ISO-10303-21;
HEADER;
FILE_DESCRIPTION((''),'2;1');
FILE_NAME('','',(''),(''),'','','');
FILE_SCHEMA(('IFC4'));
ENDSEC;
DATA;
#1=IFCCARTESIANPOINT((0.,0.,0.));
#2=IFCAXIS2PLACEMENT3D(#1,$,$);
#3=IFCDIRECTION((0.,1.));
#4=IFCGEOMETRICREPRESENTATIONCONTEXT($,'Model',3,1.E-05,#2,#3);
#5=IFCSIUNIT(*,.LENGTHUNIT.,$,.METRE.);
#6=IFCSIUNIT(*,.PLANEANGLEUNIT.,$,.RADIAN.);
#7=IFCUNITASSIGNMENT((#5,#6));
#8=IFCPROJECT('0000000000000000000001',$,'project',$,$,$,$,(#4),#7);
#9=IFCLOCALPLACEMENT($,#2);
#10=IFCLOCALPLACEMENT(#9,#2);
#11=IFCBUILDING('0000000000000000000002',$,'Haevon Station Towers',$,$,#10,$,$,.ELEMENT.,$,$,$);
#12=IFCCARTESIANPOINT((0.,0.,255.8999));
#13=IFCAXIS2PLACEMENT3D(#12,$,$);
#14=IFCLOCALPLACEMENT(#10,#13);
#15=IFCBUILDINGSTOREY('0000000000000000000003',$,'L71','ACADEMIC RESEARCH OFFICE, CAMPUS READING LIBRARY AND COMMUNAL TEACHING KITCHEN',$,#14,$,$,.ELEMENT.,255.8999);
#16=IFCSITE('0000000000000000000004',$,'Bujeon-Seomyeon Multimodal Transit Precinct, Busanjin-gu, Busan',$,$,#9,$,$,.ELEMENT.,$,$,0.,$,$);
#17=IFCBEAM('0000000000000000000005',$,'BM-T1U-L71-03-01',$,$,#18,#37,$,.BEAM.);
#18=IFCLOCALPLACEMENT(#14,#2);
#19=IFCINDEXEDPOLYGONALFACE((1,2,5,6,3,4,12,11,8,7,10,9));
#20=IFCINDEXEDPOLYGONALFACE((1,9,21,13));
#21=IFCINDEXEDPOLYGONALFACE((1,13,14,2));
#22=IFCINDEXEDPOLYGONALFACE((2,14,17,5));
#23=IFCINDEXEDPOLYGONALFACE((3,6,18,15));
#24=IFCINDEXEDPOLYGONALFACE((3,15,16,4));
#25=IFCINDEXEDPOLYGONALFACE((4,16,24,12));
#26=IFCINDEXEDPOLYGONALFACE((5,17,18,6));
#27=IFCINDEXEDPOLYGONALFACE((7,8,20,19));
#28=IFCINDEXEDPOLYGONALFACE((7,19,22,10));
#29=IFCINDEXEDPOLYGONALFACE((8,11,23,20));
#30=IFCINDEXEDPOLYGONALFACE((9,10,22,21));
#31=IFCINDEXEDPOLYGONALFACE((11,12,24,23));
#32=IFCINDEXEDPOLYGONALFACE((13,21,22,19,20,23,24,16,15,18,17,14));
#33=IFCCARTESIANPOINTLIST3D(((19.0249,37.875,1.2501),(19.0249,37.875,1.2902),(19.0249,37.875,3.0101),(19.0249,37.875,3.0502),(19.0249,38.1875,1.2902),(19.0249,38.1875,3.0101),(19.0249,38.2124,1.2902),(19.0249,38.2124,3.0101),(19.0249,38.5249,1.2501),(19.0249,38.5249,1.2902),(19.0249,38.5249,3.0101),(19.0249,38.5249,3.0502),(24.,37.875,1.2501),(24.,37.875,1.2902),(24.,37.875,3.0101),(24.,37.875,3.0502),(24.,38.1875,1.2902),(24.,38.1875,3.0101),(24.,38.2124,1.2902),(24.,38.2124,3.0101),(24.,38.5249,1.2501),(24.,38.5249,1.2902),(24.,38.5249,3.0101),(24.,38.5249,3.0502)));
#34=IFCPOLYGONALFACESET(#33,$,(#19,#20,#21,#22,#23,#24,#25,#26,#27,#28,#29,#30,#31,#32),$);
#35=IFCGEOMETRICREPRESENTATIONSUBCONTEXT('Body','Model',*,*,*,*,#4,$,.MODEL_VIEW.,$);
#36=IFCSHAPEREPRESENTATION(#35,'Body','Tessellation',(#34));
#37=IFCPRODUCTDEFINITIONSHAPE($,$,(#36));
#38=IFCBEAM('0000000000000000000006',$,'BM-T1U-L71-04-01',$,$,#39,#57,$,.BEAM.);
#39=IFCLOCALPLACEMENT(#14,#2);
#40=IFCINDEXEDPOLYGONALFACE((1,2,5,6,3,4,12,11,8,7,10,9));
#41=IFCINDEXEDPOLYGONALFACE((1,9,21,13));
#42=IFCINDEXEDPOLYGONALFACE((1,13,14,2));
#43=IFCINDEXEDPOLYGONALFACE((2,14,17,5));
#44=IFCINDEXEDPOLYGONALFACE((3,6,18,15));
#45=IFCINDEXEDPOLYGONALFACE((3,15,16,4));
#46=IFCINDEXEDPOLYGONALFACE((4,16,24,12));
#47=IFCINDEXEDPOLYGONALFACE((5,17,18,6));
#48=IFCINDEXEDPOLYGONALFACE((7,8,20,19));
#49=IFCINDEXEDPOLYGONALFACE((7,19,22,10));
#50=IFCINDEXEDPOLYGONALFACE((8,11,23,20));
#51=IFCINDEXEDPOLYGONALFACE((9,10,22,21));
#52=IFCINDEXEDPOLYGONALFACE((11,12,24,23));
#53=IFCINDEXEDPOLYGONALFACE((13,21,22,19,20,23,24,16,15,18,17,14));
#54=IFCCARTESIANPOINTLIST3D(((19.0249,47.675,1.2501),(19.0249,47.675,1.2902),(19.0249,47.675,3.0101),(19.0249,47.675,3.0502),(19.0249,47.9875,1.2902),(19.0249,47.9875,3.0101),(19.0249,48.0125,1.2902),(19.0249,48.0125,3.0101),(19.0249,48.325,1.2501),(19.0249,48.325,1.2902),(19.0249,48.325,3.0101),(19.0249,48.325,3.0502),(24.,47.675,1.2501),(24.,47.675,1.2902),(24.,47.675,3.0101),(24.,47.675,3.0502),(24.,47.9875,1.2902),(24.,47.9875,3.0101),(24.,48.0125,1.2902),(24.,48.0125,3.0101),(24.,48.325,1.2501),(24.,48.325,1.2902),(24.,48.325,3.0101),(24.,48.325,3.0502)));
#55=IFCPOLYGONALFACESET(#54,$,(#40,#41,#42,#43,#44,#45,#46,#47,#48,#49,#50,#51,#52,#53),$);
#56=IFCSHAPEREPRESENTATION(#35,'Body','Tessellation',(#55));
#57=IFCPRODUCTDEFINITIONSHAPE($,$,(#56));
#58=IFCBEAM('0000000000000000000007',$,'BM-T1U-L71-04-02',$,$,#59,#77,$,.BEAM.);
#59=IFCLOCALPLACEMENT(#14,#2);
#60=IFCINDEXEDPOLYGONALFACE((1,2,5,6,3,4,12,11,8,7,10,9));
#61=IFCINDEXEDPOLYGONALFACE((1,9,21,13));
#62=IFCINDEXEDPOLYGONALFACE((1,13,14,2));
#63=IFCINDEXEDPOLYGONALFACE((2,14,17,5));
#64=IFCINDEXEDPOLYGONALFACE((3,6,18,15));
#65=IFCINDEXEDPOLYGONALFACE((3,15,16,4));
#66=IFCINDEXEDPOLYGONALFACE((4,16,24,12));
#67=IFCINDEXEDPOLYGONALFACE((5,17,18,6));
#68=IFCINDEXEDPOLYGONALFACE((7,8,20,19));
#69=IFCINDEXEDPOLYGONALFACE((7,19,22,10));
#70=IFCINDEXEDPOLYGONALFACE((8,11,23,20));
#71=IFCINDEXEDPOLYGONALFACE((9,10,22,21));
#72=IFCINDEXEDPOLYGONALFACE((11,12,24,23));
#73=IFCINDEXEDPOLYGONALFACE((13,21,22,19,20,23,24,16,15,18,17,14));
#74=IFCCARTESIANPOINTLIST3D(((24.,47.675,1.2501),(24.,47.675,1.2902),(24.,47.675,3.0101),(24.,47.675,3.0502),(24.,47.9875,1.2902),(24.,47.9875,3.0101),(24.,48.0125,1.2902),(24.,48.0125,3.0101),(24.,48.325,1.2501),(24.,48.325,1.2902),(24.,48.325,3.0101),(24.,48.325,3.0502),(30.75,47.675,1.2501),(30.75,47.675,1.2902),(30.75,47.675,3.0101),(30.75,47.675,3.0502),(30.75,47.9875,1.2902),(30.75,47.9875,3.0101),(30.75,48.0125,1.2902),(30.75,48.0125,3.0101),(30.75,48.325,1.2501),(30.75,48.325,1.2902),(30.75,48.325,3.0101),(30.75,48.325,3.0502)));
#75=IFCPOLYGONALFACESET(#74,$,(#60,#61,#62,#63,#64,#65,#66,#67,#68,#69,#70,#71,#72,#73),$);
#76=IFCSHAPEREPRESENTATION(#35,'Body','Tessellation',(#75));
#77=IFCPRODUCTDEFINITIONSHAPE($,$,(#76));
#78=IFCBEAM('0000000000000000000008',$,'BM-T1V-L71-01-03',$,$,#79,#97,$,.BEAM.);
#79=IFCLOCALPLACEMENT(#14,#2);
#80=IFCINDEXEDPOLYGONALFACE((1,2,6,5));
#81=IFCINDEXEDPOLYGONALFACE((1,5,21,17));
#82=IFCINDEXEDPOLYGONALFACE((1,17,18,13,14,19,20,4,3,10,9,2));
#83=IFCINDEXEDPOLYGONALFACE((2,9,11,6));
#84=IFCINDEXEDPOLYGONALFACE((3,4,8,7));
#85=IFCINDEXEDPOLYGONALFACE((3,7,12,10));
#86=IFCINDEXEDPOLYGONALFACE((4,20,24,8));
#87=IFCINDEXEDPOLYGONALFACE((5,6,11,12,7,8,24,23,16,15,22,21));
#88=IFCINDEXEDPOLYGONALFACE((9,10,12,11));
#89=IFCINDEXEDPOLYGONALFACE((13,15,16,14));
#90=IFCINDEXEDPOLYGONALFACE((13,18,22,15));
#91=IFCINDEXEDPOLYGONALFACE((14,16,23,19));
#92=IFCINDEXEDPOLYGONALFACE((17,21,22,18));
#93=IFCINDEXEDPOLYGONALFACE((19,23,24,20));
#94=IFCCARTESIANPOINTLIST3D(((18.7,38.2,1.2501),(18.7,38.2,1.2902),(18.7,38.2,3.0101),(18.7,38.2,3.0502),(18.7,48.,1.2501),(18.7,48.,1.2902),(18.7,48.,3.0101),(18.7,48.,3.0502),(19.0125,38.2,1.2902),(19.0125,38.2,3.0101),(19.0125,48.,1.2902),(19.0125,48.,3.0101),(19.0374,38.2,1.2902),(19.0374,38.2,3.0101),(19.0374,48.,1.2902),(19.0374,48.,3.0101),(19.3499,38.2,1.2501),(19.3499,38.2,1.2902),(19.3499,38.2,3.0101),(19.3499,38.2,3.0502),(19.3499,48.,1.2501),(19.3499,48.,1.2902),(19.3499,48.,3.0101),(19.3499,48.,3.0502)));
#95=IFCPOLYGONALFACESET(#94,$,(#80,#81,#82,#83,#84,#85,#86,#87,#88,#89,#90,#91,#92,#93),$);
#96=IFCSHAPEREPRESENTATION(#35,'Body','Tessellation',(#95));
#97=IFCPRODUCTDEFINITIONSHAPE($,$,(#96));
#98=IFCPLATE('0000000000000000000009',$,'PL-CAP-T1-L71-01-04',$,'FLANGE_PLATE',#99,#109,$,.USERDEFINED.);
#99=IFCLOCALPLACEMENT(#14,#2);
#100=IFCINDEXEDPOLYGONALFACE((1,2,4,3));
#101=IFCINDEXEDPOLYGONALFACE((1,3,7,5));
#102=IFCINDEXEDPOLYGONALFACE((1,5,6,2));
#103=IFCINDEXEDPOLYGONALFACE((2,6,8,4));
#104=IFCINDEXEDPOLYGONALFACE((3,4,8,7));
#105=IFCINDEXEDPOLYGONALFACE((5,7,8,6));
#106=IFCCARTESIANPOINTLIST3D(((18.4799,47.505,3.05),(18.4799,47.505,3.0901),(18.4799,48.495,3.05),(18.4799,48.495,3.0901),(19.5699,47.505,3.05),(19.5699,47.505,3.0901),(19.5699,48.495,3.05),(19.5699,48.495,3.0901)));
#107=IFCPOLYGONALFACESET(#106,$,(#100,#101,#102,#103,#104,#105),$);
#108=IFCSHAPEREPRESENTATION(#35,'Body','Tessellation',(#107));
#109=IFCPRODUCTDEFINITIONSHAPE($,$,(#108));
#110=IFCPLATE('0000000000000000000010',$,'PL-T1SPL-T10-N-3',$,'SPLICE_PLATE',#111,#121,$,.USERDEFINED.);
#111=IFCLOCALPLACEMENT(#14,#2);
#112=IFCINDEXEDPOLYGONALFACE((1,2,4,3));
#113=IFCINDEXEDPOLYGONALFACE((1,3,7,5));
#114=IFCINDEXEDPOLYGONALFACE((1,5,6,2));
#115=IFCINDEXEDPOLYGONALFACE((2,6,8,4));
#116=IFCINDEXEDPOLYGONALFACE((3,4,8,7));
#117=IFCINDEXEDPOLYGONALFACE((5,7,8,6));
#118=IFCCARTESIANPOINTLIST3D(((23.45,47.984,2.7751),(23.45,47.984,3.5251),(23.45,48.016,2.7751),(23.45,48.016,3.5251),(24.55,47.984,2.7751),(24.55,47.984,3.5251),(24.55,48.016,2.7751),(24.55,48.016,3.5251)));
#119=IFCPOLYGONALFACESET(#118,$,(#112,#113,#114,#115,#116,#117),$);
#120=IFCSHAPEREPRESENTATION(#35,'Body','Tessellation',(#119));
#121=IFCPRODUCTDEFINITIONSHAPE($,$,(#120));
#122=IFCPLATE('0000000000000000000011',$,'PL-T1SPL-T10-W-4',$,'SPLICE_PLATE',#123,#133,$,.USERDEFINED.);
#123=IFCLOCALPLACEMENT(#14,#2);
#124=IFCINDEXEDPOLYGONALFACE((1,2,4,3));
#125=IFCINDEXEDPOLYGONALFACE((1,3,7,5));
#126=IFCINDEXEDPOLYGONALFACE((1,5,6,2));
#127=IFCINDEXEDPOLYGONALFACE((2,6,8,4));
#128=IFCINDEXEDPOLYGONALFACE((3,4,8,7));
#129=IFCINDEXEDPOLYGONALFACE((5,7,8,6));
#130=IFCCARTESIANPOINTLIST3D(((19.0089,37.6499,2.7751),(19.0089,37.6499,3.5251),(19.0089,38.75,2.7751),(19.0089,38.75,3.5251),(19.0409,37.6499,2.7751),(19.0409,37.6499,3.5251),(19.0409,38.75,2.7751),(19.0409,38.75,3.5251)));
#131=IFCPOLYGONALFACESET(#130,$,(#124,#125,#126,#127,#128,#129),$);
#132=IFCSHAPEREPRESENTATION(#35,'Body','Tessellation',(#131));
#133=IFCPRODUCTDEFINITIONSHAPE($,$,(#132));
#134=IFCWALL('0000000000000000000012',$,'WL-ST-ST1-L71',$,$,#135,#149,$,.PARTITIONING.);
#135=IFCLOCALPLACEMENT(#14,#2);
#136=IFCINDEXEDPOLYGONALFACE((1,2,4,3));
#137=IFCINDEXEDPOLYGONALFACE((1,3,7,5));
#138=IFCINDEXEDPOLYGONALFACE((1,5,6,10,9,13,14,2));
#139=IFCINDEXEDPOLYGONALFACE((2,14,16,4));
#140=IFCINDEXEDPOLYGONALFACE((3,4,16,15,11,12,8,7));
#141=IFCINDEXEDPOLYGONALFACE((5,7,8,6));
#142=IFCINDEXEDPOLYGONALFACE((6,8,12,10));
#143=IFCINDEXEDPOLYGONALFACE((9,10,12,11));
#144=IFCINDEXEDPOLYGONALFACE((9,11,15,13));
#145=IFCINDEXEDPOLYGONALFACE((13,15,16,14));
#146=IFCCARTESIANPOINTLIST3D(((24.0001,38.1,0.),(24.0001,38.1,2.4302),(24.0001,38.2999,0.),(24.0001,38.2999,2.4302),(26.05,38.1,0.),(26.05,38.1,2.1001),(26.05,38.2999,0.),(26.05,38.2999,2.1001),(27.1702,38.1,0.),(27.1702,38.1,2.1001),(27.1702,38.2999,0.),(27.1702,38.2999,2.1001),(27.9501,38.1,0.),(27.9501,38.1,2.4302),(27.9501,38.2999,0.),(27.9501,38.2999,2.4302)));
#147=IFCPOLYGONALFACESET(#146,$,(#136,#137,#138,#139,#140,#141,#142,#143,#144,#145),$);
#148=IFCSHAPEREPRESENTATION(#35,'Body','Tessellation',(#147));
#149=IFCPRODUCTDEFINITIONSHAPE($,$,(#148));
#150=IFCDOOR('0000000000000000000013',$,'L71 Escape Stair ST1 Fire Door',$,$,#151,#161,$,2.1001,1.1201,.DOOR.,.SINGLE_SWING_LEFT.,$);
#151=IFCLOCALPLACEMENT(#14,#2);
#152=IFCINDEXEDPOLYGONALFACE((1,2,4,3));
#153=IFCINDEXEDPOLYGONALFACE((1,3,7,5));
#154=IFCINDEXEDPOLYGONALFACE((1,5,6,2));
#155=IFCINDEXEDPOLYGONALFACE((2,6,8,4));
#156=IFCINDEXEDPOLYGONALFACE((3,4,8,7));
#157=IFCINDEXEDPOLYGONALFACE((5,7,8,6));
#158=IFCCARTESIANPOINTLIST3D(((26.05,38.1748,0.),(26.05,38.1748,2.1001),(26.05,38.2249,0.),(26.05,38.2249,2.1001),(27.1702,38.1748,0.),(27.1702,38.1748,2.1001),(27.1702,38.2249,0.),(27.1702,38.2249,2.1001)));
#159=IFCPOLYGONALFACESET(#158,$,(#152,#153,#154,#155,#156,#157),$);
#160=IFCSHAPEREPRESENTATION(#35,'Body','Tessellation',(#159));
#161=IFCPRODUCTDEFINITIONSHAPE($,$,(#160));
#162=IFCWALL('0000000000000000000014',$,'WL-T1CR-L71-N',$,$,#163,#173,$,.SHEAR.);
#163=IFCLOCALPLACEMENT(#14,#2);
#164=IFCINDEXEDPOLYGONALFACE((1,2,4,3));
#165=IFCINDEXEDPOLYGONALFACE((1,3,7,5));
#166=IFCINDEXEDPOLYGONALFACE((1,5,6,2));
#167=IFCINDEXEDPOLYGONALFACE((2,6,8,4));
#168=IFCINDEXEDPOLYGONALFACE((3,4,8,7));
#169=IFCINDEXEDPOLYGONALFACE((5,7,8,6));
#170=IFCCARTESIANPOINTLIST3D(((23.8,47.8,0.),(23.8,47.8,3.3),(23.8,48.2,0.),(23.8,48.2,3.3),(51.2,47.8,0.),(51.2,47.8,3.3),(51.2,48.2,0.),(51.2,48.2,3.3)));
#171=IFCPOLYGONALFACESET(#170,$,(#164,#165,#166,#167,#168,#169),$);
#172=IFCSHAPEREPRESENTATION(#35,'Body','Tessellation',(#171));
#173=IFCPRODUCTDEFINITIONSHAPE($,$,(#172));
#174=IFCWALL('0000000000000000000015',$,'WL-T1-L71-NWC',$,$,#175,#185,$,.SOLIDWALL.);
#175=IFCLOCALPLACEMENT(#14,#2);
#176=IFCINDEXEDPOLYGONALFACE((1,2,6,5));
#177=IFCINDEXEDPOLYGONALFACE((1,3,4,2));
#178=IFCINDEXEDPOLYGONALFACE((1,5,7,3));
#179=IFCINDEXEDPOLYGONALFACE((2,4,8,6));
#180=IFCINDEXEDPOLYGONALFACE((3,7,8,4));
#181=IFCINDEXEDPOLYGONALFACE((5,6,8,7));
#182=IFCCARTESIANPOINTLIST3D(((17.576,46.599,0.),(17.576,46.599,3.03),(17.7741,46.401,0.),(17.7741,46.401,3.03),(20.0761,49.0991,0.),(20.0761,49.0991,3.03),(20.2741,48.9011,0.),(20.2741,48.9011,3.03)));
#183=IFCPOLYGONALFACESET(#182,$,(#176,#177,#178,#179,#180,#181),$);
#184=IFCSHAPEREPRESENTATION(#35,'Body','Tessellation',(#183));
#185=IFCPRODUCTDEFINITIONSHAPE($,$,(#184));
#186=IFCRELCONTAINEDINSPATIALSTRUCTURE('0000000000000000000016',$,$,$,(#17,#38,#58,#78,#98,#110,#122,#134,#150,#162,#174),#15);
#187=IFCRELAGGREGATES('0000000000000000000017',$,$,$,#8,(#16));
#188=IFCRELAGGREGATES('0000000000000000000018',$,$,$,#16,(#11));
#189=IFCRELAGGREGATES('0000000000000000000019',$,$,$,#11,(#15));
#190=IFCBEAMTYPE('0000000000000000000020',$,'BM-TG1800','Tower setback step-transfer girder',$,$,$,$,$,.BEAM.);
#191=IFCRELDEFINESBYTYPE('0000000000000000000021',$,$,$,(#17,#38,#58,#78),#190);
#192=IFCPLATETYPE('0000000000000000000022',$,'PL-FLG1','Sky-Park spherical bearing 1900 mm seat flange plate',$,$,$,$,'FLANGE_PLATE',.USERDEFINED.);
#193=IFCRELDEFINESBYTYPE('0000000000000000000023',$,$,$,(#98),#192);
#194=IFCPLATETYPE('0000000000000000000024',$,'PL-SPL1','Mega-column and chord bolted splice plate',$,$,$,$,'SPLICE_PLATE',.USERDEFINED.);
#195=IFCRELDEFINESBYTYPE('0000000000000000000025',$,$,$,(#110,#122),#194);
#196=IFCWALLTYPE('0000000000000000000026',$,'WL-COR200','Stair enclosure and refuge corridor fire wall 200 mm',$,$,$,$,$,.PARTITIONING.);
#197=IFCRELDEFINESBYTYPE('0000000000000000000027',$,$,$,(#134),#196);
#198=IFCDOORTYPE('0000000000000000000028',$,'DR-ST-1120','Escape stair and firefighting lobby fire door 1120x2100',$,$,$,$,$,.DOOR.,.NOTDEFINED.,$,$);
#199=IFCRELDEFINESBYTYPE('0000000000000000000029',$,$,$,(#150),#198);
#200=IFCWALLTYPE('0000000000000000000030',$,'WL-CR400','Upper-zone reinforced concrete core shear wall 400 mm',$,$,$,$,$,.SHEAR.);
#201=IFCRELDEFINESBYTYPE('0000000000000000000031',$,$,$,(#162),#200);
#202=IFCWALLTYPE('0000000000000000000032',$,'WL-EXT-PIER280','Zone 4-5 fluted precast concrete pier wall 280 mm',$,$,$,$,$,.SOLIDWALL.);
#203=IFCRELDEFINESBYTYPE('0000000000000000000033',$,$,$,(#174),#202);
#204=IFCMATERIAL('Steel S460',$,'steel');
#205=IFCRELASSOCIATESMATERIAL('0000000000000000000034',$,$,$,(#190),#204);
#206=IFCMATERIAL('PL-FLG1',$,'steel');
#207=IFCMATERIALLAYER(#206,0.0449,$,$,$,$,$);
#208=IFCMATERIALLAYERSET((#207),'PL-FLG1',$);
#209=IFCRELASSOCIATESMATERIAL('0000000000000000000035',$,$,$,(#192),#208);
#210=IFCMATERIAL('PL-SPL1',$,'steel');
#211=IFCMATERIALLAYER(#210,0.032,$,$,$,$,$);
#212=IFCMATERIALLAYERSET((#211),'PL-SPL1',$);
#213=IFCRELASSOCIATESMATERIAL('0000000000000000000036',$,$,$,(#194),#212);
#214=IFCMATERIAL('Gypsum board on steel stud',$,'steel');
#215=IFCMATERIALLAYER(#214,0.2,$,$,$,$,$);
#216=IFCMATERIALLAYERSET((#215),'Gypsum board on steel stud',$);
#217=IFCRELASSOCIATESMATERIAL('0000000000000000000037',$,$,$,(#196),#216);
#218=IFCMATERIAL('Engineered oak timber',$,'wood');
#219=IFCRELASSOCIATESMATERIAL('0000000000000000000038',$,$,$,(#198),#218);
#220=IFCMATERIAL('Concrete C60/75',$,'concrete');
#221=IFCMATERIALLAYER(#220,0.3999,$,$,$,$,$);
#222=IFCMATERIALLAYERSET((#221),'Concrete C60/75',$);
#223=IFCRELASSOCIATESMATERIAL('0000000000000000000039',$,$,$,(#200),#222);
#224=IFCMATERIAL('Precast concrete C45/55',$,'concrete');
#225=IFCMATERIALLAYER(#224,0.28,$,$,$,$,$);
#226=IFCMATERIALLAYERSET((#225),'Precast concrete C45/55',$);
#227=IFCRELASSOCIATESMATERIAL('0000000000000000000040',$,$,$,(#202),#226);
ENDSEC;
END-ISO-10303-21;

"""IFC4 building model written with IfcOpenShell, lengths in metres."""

from ifc_helpers import new_model, si_unit, direction, frame, frame_2d, origin, origin_2d, place, context, subcontext, project, spatial, rectangle, i_section, extrude, material, layer, layer_set, material_profile, profile_set, type_object, element, fill, save


model = new_model("IFC4")

# Units and contexts
model_context = context("Model", 3, precision=1e-05, world=origin(), true_north=direction((0.0, 1.0)))
body_context = subcontext(model_context, "Body", "Model", "MODEL_VIEW")
ifc_project = project(units=[si_unit("LENGTHUNIT", "METRE"), si_unit("PLANEANGLEUNIT", "RADIAN")], contexts=[model_context])

# Site, building, storey
site_placement = place(None, origin())
site = spatial("IfcSite", under=ifc_project, at=site_placement, Name="Bujeon-Seomyeon Multimodal Transit Precinct, Busanjin-gu, Busan", CompositionType="ELEMENT", RefElevation=0.0)
building_placement = place(site_placement, origin())
building = spatial("IfcBuilding", under=site, at=building_placement, Name="Haevon Station Towers", CompositionType="ELEMENT")
storey_placement = place(building_placement, frame((0.0, 0.0, 255.8999)))
storey = spatial("IfcBuildingStorey", under=building, at=storey_placement, Name="L71", Description="ACADEMIC RESEARCH OFFICE, CAMPUS READING LIBRARY AND COMMUNAL TEACHING KITCHEN", CompositionType="ELEMENT", Elevation=255.8999)

# Shared definitions
ifc_material_1 = material(Name="Steel S460", Category="steel")

# Beams
ifc_material_profile_1 = material_profile(ifc_material_1, i_section(OverallWidth=0.6499, OverallDepth=1.8, WebThickness=0.0249, FlangeThickness=0.04, at=origin_2d()), Name="H-1800x650x25x40")
ifc_profile_set_1 = profile_set([ifc_material_profile_1], Name="Steel S460")
beam_type_1 = type_object("IfcBeamType", Name="BM-TG1800", Description="Tower setback step-transfer girder", PredefinedType="BEAM", material=ifc_profile_set_1)
for number, where, z_axis, x_axis, name in (
    (1, (19.0249, 38.2, 2.1501), (1.0, 0.0, 0.0), (0.0, 1.0, 0.0), "BM-T1U-L71-03-01"),
    (2, (19.0249, 48.0, 2.1501), (1.0, 0.0, 0.0), (0.0, 1.0, 0.0), "BM-T1U-L71-04-01"),
):
    element("IfcBeam", number, at=place(storey_placement, frame(where, z_axis=z_axis, x_axis=x_axis)), inside=storey, type_object=beam_type_1, Name=name, PredefinedType="BEAM", context=body_context, shape_type="SweptSolid", body=[
        extrude(i_section(OverallWidth=0.6499, OverallDepth=1.8, WebThickness=0.0249, FlangeThickness=0.04, at=origin_2d()), origin(), (0.0, 0.0, 1.0), 4.9751),
    ])
beam_1_placement = place(storey_placement, frame((24.0, 48.0, 2.1501), z_axis=(1.0, 0.0, 0.0), x_axis=(0.0, 1.0, 0.0)))
element("IfcBeam", 3, at=beam_1_placement, inside=storey, type_object=beam_type_1, Name="BM-T1U-L71-04-02", PredefinedType="BEAM", context=body_context, shape_type="SweptSolid", body=[
    extrude(i_section(OverallWidth=0.6499, OverallDepth=1.8, WebThickness=0.0249, FlangeThickness=0.04, at=origin_2d()), origin(), (0.0, 0.0, 1.0), 6.75),
])
beam_2_placement = place(storey_placement, frame((19.0249, 38.2, 2.1501), z_axis=(0.0, 1.0, 0.0), x_axis=(-1.0, 0.0, 0.0)))
element("IfcBeam", 4, at=beam_2_placement, inside=storey, type_object=beam_type_1, Name="BM-T1V-L71-01-03", PredefinedType="BEAM", context=body_context, shape_type="SweptSolid", body=[
    extrude(i_section(OverallWidth=0.6499, OverallDepth=1.8, WebThickness=0.0249, FlangeThickness=0.04, at=origin_2d()), origin(), (0.0, 0.0, 1.0), 9.8),
])

# Plates
ifc_material_2 = material(Name="PL-FLG1", Category="steel")
ifc_layer_1 = layer(ifc_material_2, 0.0449)
ifc_layer_set_1 = layer_set([ifc_layer_1], Name="PL-FLG1")
plate_type_1 = type_object("IfcPlateType", Name="PL-FLG1", Description="Sky-Park spherical bearing 1900 mm seat flange plate", ElementType="FLANGE_PLATE", PredefinedType="USERDEFINED", material=ifc_layer_set_1)
plate_placement = place(storey_placement, frame((19.0249, 48.0, 3.05), z_axis=(0.0, 0.0, 1.0), x_axis=(1.0, 0.0, 0.0)))
element("IfcPlate", 5, at=plate_placement, inside=storey, type_object=plate_type_1, Name="PL-CAP-T1-L71-01-04", ObjectType="FLANGE_PLATE", PredefinedType="USERDEFINED", context=body_context, shape_type="SweptSolid", body=[
    extrude(rectangle(XDim=1.0901, YDim=0.99, at=origin_2d()), origin(), (0.0, 0.0, 1.0), 0.04),
])
ifc_material_3 = material(Name="PL-SPL1", Category="steel")
ifc_layer_2 = layer(ifc_material_3, 0.032)
ifc_layer_set_2 = layer_set([ifc_layer_2], Name="PL-SPL1")
plate_type_2 = type_object("IfcPlateType", Name="PL-SPL1", Description="Mega-column and chord bolted splice plate", ElementType="SPLICE_PLATE", PredefinedType="USERDEFINED", material=ifc_layer_set_2)
for number, where, z_axis, x_axis, name in (
    (6, (24.0, 48.0, 2.7751), (0.0, 0.0, 1.0), (1.0, 0.0, 0.0), "PL-T1SPL-T10-N-3"),
    (7, (19.0249, 38.2, 2.7751), (0.0, 0.0, 1.0), (0.0, 1.0, 0.0), "PL-T1SPL-T10-W-4"),
):
    element("IfcPlate", number, at=place(storey_placement, frame(where, z_axis=z_axis, x_axis=x_axis)), inside=storey, type_object=plate_type_2, Name=name, ObjectType="SPLICE_PLATE", PredefinedType="USERDEFINED", context=body_context, shape_type="SweptSolid", body=[
        extrude(rectangle(XDim=1.1001, YDim=0.032, at=origin_2d()), origin(), (0.0, 0.0, 1.0), 0.75),
    ])

# Wall, opening, door
ifc_material_4 = material(Name="Gypsum board on steel stud", Category="steel")
ifc_layer_3 = layer(ifc_material_4, 0.2)
ifc_layer_set_3 = layer_set([ifc_layer_3], Name="Gypsum board on steel stud")
wall_type_1 = type_object("IfcWallType", Name="WL-COR200", Description="Stair enclosure and refuge corridor fire wall 200 mm", PredefinedType="PARTITIONING", material=ifc_layer_set_3)
wall_1_placement = place(storey_placement, frame((24.0, 38.2, 0.0), z_axis=(0.0, 0.0, 1.0), x_axis=(1.0, 0.0, 0.0)))
wall_1 = element("IfcWall", 8, at=wall_1_placement, inside=storey, type_object=wall_type_1, Name="WL-ST-ST1-L71", PredefinedType="PARTITIONING", context=body_context, shape_type="SweptSolid", body=[
    extrude(rectangle(XDim=3.95, YDim=0.2, at=frame_2d((1.9751, 0.0))), origin(), (0.0, 0.0, 1.0), 2.4302),
])
opening_placement = place(wall_1_placement, frame((2.05, 0.0, 0.0)))
opening = element("IfcOpeningElement", 9, at=opening_placement, cuts=wall_1, PredefinedType="OPENING", context=body_context, shape_type="SweptSolid", body=[
    extrude(rectangle(XDim=1.1201, YDim=2.1001, at=frame_2d((0.5601, 1.05))), frame((0.0, 0.1099, 0.0), z_axis=(0.0, -1.0, 0.0), x_axis=(1.0, 0.0, 0.0)), (0.0, 0.0, 1.0), 0.22),
])
ifc_material_5 = material(Name="Engineered oak timber", Category="wood")
door_type = type_object("IfcDoorType", Name="DR-ST-1120", Description="Escape stair and firefighting lobby fire door 1120x2100", OperationType="NOTDEFINED", PredefinedType="DOOR", material=ifc_material_5)
door_placement = place(opening_placement, origin())
door = element("IfcDoor", 10, at=door_placement, inside=storey, type_object=door_type, Name="L71 Escape Stair ST1 Fire Door", OperationType="SINGLE_SWING_LEFT", OverallHeight=2.1001, OverallWidth=1.1201, PredefinedType="DOOR", context=body_context, shape_type="SweptSolid", body=[
    extrude(rectangle(XDim=1.1201, YDim=2.1001, at=frame_2d((0.5601, 1.05))), frame((0.0, 0.0249, 0.0), z_axis=(0.0, -1.0, 0.0), x_axis=(1.0, 0.0, 0.0)), (0.0, 0.0, 1.0), 0.05),
])
fill(opening, door)

# Walls
ifc_material_6 = material(Name="Concrete C60/75", Category="concrete")
ifc_layer_4 = layer(ifc_material_6, 0.3999)
ifc_layer_set_4 = layer_set([ifc_layer_4], Name="Concrete C60/75")
wall_type_2 = type_object("IfcWallType", Name="WL-CR400", Description="Upper-zone reinforced concrete core shear wall 400 mm", PredefinedType="SHEAR", material=ifc_layer_set_4)
wall_2_placement = place(storey_placement, frame((23.8, 48.0, 0.0), z_axis=(0.0, 0.0, 1.0), x_axis=(1.0, 0.0, 0.0)))
element("IfcWall", 11, at=wall_2_placement, inside=storey, type_object=wall_type_2, Name="WL-T1CR-L71-N", PredefinedType="SHEAR", context=body_context, shape_type="SweptSolid", body=[
    extrude(rectangle(XDim=27.3999, YDim=0.3999, at=frame_2d((13.7, 0.0))), origin(), (0.0, 0.0, 1.0), 3.3),
])
ifc_material_7 = material(Name="Precast concrete C45/55", Category="concrete")
ifc_layer_5 = layer(ifc_material_7, 0.28)
ifc_layer_set_5 = layer_set([ifc_layer_5], Name="Precast concrete C45/55")
wall_type_3 = type_object("IfcWallType", Name="WL-EXT-PIER280", Description="Zone 4-5 fluted precast concrete pier wall 280 mm", PredefinedType="SOLIDWALL", material=ifc_layer_set_5)
wall_3_placement = place(storey_placement, frame((17.675, 46.5, 0.0), z_axis=(0.0, 0.0, 1.0), x_axis=(0.707107, 0.707107, 0.0)))
element("IfcWall", 12, at=wall_3_placement, inside=storey, type_object=wall_type_3, Name="WL-T1-L71-NWC", PredefinedType="SOLIDWALL", context=body_context, shape_type="SweptSolid", body=[
    extrude(rectangle(XDim=3.5356, YDim=0.28, at=frame_2d((1.7678, 0.0))), origin(), (0.0, 0.0, 1.0), 3.03),
])

save(model, "model.ifc")
